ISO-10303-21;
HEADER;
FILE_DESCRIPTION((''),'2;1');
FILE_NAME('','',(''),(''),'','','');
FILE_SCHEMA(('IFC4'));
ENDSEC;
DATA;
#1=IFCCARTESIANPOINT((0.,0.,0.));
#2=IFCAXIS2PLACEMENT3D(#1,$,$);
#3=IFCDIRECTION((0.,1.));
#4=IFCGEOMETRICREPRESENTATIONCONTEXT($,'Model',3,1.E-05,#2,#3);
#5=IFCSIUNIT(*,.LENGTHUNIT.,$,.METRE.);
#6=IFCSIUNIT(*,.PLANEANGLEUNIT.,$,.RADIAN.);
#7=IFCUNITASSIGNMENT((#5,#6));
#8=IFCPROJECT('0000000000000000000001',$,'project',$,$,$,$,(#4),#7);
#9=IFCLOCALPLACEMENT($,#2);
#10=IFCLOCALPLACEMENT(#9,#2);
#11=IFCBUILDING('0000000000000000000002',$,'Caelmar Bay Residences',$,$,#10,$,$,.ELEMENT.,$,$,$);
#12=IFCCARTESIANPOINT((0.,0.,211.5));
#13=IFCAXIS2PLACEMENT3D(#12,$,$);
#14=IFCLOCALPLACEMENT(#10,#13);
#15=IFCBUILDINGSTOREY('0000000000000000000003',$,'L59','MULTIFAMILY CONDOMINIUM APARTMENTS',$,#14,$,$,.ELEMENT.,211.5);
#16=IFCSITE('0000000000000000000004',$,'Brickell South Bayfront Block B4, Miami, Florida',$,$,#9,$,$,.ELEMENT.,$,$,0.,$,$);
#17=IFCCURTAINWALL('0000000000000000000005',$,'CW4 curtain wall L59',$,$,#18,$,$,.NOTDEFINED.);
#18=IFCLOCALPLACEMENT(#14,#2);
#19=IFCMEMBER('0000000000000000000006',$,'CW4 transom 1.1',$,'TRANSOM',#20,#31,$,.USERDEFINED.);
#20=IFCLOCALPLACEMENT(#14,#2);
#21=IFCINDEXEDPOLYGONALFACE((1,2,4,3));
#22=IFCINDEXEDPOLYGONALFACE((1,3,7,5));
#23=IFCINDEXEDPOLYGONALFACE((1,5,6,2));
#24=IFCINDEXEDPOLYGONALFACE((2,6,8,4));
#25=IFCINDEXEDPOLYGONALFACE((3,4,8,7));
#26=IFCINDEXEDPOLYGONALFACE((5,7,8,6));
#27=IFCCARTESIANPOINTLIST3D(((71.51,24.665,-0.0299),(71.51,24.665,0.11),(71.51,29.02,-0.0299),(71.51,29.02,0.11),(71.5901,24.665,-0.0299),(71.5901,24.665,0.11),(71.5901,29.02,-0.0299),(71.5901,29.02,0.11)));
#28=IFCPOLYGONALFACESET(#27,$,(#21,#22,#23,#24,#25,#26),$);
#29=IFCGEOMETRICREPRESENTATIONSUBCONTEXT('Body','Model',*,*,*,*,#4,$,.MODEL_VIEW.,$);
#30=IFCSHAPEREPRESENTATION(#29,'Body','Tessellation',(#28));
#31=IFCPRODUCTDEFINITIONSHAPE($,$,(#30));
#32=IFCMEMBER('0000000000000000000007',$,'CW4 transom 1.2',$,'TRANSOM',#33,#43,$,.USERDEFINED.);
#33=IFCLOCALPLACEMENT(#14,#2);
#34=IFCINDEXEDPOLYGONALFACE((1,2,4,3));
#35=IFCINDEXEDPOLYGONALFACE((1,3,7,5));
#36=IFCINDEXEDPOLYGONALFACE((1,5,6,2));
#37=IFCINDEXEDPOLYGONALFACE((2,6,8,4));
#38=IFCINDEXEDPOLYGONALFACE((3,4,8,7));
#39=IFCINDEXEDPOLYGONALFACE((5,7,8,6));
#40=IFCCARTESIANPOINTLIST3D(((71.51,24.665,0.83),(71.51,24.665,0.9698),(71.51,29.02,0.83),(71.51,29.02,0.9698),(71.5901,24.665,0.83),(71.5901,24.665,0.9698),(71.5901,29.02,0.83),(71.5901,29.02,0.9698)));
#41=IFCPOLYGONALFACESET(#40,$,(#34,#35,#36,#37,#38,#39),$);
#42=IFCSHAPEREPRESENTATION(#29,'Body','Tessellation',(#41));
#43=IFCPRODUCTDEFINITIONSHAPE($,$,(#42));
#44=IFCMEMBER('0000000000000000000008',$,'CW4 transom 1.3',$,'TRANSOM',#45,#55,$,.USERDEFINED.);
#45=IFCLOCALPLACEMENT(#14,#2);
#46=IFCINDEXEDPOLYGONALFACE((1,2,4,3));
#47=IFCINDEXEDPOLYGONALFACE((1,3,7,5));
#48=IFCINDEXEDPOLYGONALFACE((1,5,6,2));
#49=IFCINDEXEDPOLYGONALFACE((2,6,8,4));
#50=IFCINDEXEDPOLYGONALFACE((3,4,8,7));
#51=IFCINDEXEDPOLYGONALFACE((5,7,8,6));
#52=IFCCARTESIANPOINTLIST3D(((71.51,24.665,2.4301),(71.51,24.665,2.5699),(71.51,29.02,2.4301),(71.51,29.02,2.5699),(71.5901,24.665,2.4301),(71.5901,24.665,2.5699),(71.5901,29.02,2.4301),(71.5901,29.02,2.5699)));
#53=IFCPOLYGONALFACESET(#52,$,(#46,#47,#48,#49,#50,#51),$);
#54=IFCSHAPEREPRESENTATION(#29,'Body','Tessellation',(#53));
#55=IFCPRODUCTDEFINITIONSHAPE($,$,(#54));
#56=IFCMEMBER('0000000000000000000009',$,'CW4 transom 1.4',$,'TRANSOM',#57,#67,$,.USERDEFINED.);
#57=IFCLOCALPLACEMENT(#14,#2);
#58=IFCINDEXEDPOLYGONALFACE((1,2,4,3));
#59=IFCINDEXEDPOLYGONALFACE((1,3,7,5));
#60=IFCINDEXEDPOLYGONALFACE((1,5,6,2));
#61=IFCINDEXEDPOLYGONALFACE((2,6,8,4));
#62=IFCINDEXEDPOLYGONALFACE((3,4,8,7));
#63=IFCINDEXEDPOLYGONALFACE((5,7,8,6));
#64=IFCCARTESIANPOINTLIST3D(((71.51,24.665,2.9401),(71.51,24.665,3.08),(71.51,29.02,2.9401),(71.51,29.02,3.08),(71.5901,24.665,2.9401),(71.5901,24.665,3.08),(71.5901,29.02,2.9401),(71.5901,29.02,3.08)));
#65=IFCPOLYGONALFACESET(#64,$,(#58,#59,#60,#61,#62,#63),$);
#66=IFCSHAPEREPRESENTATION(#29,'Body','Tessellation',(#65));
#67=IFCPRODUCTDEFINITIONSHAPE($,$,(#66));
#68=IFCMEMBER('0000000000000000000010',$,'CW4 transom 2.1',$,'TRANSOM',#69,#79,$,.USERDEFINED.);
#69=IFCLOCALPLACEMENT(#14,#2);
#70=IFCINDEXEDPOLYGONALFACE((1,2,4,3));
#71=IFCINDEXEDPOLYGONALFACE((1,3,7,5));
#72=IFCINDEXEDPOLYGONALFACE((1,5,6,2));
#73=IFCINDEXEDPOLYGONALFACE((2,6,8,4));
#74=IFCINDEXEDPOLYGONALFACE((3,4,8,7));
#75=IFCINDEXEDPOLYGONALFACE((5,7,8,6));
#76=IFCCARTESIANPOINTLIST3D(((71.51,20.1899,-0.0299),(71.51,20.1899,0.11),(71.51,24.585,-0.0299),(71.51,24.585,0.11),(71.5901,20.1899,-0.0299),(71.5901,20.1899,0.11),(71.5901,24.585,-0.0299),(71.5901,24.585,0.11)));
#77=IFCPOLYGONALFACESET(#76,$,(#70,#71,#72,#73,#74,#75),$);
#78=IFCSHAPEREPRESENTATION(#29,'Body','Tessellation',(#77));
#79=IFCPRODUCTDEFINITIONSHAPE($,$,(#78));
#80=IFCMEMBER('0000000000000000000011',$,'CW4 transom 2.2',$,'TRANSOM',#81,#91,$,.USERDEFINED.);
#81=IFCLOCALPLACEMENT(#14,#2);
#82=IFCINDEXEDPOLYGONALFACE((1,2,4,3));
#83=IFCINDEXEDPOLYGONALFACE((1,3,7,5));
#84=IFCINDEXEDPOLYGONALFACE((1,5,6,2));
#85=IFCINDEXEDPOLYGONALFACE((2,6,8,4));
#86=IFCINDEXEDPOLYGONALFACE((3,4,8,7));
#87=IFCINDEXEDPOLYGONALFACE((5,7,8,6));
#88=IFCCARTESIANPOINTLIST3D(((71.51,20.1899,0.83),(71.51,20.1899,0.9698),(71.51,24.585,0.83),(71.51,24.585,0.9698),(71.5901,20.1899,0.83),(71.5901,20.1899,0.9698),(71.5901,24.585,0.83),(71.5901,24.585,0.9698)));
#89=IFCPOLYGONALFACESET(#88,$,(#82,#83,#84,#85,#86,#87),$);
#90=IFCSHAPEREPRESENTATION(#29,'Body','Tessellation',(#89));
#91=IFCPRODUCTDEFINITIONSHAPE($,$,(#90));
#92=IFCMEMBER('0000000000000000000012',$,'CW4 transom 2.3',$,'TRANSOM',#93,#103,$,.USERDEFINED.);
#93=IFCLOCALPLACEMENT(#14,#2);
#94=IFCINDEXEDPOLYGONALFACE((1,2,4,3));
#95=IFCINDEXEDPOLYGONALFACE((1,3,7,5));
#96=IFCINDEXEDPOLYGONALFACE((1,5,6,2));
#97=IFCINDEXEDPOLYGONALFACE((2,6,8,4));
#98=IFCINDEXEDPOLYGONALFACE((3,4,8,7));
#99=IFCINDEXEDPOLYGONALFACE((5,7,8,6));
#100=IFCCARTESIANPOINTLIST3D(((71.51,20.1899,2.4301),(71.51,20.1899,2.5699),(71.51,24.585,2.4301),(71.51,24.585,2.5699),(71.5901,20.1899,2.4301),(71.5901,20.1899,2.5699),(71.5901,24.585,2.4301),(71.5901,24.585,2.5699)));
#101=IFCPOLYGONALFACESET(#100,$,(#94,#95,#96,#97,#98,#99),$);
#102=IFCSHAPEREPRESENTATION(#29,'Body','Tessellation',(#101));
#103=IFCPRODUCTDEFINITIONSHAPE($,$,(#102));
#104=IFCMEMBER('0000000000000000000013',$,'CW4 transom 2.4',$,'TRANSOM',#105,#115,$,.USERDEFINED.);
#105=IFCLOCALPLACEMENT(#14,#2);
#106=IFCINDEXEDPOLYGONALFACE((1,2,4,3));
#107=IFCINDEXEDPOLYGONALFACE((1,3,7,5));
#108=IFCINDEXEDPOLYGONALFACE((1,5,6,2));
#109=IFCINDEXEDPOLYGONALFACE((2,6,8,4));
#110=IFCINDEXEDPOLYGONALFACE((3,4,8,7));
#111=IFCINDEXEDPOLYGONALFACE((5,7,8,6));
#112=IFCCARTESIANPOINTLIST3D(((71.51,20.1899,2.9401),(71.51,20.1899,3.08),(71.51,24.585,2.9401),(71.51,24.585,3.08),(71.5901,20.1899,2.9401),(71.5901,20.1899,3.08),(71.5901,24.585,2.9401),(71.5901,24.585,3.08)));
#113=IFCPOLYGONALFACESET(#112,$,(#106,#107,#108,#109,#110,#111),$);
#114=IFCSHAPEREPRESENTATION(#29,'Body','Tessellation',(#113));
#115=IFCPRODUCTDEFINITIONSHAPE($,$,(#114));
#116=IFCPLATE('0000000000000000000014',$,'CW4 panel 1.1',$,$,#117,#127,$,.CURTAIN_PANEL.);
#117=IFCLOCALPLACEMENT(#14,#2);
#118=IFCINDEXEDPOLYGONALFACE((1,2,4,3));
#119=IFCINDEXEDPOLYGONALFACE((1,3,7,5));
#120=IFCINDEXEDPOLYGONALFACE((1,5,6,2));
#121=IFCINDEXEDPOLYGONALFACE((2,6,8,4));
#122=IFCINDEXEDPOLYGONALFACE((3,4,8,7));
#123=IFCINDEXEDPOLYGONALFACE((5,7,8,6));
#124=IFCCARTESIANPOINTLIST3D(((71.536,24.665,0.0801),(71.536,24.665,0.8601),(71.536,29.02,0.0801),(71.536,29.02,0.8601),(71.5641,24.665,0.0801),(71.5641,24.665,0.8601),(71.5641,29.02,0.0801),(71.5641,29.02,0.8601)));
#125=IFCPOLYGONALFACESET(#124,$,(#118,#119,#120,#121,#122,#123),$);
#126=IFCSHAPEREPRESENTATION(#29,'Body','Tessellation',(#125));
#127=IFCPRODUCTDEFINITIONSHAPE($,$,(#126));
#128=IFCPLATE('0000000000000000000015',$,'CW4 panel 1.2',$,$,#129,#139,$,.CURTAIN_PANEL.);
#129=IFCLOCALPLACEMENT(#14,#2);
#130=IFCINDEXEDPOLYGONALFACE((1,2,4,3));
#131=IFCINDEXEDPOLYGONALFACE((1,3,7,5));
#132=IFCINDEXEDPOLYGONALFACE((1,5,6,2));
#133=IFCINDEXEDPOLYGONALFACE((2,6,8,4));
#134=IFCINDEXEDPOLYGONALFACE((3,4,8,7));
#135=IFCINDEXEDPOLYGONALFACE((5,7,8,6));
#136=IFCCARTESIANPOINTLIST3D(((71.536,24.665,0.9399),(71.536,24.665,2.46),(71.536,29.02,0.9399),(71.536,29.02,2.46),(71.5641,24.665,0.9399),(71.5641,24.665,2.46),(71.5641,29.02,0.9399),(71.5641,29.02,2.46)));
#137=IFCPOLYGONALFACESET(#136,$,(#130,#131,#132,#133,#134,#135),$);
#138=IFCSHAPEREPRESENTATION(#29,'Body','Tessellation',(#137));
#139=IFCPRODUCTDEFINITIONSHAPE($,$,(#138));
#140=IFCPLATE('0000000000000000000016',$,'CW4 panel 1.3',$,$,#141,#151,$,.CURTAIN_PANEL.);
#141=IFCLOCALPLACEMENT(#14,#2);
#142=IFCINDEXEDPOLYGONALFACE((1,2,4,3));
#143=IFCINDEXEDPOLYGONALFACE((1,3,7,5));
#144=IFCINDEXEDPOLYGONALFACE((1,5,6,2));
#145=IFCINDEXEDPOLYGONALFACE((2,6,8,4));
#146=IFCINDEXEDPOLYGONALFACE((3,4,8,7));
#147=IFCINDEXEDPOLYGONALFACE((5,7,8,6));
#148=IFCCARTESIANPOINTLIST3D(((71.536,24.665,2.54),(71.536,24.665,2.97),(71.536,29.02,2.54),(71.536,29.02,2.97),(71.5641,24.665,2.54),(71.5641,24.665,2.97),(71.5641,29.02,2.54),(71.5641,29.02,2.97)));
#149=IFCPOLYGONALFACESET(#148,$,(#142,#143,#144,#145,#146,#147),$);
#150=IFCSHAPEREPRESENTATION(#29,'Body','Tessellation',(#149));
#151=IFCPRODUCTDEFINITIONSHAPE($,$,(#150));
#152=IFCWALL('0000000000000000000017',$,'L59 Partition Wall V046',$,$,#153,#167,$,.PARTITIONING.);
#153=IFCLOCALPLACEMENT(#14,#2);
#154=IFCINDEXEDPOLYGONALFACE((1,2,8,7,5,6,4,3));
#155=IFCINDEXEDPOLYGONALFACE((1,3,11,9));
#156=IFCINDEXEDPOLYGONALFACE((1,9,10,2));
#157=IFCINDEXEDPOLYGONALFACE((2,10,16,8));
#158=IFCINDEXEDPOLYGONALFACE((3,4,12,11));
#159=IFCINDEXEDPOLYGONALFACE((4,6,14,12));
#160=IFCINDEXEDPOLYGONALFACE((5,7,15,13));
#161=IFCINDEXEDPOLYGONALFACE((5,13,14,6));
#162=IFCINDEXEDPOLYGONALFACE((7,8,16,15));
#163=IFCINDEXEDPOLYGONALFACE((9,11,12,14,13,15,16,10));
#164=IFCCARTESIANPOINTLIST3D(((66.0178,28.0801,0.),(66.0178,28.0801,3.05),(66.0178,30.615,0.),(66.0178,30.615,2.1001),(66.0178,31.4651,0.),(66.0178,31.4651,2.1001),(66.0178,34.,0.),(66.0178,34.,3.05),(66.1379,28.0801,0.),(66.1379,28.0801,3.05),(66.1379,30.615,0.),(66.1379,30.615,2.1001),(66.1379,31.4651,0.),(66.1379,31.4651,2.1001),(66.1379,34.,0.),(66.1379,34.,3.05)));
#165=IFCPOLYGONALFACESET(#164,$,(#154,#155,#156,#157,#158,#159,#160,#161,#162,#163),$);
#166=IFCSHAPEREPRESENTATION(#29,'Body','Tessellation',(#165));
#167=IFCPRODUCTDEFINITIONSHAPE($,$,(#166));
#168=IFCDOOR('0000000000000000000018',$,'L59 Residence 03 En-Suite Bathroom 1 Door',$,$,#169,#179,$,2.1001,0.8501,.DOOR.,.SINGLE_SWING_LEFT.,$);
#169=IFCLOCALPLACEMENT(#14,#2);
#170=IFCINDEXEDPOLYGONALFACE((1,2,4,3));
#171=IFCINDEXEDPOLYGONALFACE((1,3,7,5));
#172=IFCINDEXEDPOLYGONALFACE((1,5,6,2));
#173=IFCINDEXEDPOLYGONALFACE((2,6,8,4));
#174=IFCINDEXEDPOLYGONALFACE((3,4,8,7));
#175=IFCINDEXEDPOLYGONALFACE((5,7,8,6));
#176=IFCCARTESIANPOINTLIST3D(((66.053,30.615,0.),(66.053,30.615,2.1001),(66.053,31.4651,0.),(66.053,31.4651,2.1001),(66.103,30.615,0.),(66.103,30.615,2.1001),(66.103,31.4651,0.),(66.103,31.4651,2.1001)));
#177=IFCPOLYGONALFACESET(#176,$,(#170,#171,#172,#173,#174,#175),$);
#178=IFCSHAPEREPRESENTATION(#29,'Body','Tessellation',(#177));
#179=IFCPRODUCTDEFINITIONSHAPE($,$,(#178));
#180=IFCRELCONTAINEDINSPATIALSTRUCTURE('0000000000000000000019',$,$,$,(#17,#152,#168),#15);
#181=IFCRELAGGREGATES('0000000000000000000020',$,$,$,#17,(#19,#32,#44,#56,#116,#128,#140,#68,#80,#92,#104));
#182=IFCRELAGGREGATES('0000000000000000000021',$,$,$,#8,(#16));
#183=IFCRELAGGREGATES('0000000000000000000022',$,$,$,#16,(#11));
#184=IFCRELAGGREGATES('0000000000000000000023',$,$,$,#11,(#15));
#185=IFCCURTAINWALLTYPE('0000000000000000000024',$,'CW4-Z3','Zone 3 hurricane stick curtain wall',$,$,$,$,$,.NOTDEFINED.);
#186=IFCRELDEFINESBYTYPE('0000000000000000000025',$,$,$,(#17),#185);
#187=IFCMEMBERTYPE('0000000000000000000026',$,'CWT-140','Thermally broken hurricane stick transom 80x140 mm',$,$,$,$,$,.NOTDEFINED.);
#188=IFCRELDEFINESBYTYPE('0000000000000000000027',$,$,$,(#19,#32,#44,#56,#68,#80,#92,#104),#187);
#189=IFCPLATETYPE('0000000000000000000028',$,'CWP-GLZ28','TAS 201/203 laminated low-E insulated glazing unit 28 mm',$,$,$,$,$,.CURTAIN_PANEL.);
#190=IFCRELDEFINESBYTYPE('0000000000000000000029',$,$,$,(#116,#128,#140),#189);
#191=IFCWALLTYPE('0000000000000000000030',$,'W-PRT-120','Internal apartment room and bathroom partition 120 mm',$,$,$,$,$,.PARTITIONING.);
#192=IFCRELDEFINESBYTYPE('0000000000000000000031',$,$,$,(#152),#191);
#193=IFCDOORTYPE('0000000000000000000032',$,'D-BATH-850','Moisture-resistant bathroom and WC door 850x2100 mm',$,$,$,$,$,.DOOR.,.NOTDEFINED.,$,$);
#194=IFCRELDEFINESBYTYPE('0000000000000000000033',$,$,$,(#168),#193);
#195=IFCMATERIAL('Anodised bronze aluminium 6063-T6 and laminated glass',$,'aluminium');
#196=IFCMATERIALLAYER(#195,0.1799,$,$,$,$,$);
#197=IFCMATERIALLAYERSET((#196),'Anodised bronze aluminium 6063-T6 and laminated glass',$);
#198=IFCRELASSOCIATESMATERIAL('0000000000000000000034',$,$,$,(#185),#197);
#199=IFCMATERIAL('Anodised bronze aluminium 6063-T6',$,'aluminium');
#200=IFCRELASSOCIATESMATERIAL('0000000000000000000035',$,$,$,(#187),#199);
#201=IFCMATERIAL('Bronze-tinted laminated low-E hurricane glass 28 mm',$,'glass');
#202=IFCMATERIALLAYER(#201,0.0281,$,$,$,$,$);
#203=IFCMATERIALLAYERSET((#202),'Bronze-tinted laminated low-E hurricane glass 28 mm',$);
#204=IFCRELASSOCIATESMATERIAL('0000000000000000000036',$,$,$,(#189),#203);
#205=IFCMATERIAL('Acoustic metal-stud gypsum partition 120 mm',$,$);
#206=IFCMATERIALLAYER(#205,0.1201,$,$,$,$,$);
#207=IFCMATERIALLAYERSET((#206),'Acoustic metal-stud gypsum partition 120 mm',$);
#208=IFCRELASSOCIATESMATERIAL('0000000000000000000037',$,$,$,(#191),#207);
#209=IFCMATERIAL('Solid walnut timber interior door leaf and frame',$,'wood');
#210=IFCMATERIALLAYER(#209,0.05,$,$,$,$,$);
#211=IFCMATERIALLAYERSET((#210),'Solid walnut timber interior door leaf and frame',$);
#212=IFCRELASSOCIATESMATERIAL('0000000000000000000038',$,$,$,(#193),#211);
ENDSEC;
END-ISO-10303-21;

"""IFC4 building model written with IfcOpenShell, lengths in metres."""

from ifc_helpers import new_model, si_unit, direction, frame, frame_2d, origin, origin_2d, place, context, subcontext, project, spatial, rectangle, extrude, material, layer, layer_set, material_profile, profile_set, type_object, element, fill, aggregate, save


model = new_model("IFC4")

# Units and contexts
model_context = context("Model", 3, precision=1e-05, world=origin(), true_north=direction((0.0, 1.0)))
body_context = subcontext(model_context, "Body", "Model", "MODEL_VIEW")
ifc_project = project(units=[si_unit("LENGTHUNIT", "METRE"), si_unit("PLANEANGLEUNIT", "RADIAN")], contexts=[model_context])

# Site, building, storey
site_placement = place(None, origin())
site = spatial("IfcSite", under=ifc_project, at=site_placement, Name="Brickell South Bayfront Block B4, Miami, Florida", CompositionType="ELEMENT", RefElevation=0.0)
building_placement = place(site_placement, origin())
building = spatial("IfcBuilding", under=site, at=building_placement, Name="Caelmar Bay Residences", CompositionType="ELEMENT")
storey_placement = place(building_placement, frame((0.0, 0.0, 211.5)))
storey = spatial("IfcBuildingStorey", under=building, at=storey_placement, Name="L59", Description="MULTIFAMILY CONDOMINIUM APARTMENTS", CompositionType="ELEMENT", Elevation=211.5)

# Curtain wall, members, plates
ifc_material_1 = material(Name="Anodised bronze aluminium 6063-T6 and laminated glass", Category="aluminium")
ifc_layer_1 = layer(ifc_material_1, 0.1799)
ifc_layer_set_1 = layer_set([ifc_layer_1], Name="Anodised bronze aluminium 6063-T6 and laminated glass")
curtain_wall_type = type_object("IfcCurtainWallType", Name="CW4-Z3", Description="Zone 3 hurricane stick curtain wall", PredefinedType="NOTDEFINED", material=ifc_layer_set_1)
curtain_wall_placement = place(storey_placement, origin())
curtain_wall = element("IfcCurtainWall", 1, at=curtain_wall_placement, inside=storey, type_object=curtain_wall_type, Name="CW4 curtain wall L59", PredefinedType="NOTDEFINED")
ifc_material_2 = material(Name="Anodised bronze aluminium 6063-T6", Category="aluminium")
ifc_material_profile_1 = material_profile(ifc_material_2, rectangle(XDim=0.0801, YDim=0.1399, at=origin_2d()), Name="CWT-80X140")
ifc_profile_set_1 = profile_set([ifc_material_profile_1], Name="Anodised bronze aluminium 6063-T6")
member_type_1 = type_object("IfcMemberType", Name="CWT-140", Description="Thermally broken hurricane stick transom 80x140 mm", PredefinedType="NOTDEFINED", material=ifc_profile_set_1)
member_1_placement = place(storey_placement, frame((71.55, 29.02, 0.04), z_axis=(0.0, -1.0, 0.0), x_axis=(1.0, 0.0, 0.0)))
member_1 = element("IfcMember", 2, at=member_1_placement, type_object=member_type_1, Name="CW4 transom 1.1", ObjectType="TRANSOM", PredefinedType="USERDEFINED", context=body_context, shape_type="SweptSolid", body=[
    extrude(rectangle(XDim=0.0801, YDim=0.1399, at=origin_2d()), origin(), (0.0, 0.0, 1.0), 4.355),
])
member_2_placement = place(storey_placement, frame((71.55, 29.02, 0.8999), z_axis=(0.0, -1.0, 0.0), x_axis=(1.0, 0.0, 0.0)))
member_2 = element("IfcMember", 3, at=member_2_placement, type_object=member_type_1, Name="CW4 transom 1.2", ObjectType="TRANSOM", PredefinedType="USERDEFINED", context=body_context, shape_type="SweptSolid", body=[
    extrude(rectangle(XDim=0.0801, YDim=0.1399, at=origin_2d()), origin(), (0.0, 0.0, 1.0), 4.355),
])
member_3_placement = place(storey_placement, frame((71.55, 29.02, 2.5), z_axis=(0.0, -1.0, 0.0), x_axis=(1.0, 0.0, 0.0)))
member_3 = element("IfcMember", 4, at=member_3_placement, type_object=member_type_1, Name="CW4 transom 1.3", ObjectType="TRANSOM", PredefinedType="USERDEFINED", context=body_context, shape_type="SweptSolid", body=[
    extrude(rectangle(XDim=0.0801, YDim=0.1399, at=origin_2d()), origin(), (0.0, 0.0, 1.0), 4.355),
])
member_4_placement = place(storey_placement, frame((71.55, 29.02, 3.01), z_axis=(0.0, -1.0, 0.0), x_axis=(1.0, 0.0, 0.0)))
member_4 = element("IfcMember", 5, at=member_4_placement, type_object=member_type_1, Name="CW4 transom 1.4", ObjectType="TRANSOM", PredefinedType="USERDEFINED", context=body_context, shape_type="SweptSolid", body=[
    extrude(rectangle(XDim=0.0801, YDim=0.1399, at=origin_2d()), origin(), (0.0, 0.0, 1.0), 4.355),
])
member_5_placement = place(storey_placement, frame((71.55, 24.585, 0.04), z_axis=(0.0, -1.0, 0.0), x_axis=(1.0, 0.0, 0.0)))
member_5 = element("IfcMember", 6, at=member_5_placement, type_object=member_type_1, Name="CW4 transom 2.1", ObjectType="TRANSOM", PredefinedType="USERDEFINED", context=body_context, shape_type="SweptSolid", body=[
    extrude(rectangle(XDim=0.0801, YDim=0.1399, at=origin_2d()), origin(), (0.0, 0.0, 1.0), 4.395),
])
member_6_placement = place(storey_placement, frame((71.55, 24.585, 0.8999), z_axis=(0.0, -1.0, 0.0), x_axis=(1.0, 0.0, 0.0)))
member_6 = element("IfcMember", 7, at=member_6_placement, type_object=member_type_1, Name="CW4 transom 2.2", ObjectType="TRANSOM", PredefinedType="USERDEFINED", context=body_context, shape_type="SweptSolid", body=[
    extrude(rectangle(XDim=0.0801, YDim=0.1399, at=origin_2d()), origin(), (0.0, 0.0, 1.0), 4.395),
])
member_7_placement = place(storey_placement, frame((71.55, 24.585, 2.5), z_axis=(0.0, -1.0, 0.0), x_axis=(1.0, 0.0, 0.0)))
member_7 = element("IfcMember", 8, at=member_7_placement, type_object=member_type_1, Name="CW4 transom 2.3", ObjectType="TRANSOM", PredefinedType="USERDEFINED", context=body_context, shape_type="SweptSolid", body=[
    extrude(rectangle(XDim=0.0801, YDim=0.1399, at=origin_2d()), origin(), (0.0, 0.0, 1.0), 4.395),
])
member_8_placement = place(storey_placement, frame((71.55, 24.585, 3.01), z_axis=(0.0, -1.0, 0.0), x_axis=(1.0, 0.0, 0.0)))
member_8 = element("IfcMember", 9, at=member_8_placement, type_object=member_type_1, Name="CW4 transom 2.4", ObjectType="TRANSOM", PredefinedType="USERDEFINED", context=body_context, shape_type="SweptSolid", body=[
    extrude(rectangle(XDim=0.0801, YDim=0.1399, at=origin_2d()), origin(), (0.0, 0.0, 1.0), 4.395),
])
ifc_material_3 = material(Name="Bronze-tinted laminated low-E hurricane glass 28 mm", Category="glass")
ifc_layer_2 = layer(ifc_material_3, 0.0281)
ifc_layer_set_2 = layer_set([ifc_layer_2], Name="Bronze-tinted laminated low-E hurricane glass 28 mm")
plate_type = type_object("IfcPlateType", Name="CWP-GLZ28", Description="TAS 201/203 laminated low-E insulated glazing unit 28 mm", PredefinedType="CURTAIN_PANEL", material=ifc_layer_set_2)
plate_1_placement = place(storey_placement, frame((71.55, 26.8425, 0.0801), z_axis=(0.0, 0.0, 1.0), x_axis=(0.0, -1.0, 0.0)))
plate_1 = element("IfcPlate", 10, at=plate_1_placement, type_object=plate_type, Name="CW4 panel 1.1", PredefinedType="CURTAIN_PANEL", context=body_context, shape_type="SweptSolid", body=[
    extrude(rectangle(XDim=4.355, YDim=0.0281, at=origin_2d()), origin(), (0.0, 0.0, 1.0), 0.78),
])
plate_2_placement = place(storey_placement, frame((71.55, 26.8425, 0.9399), z_axis=(0.0, 0.0, 1.0), x_axis=(0.0, -1.0, 0.0)))
plate_2 = element("IfcPlate", 11, at=plate_2_placement, type_object=plate_type, Name="CW4 panel 1.2", PredefinedType="CURTAIN_PANEL", context=body_context, shape_type="SweptSolid", body=[
    extrude(rectangle(XDim=4.355, YDim=0.0281, at=origin_2d()), origin(), (0.0, 0.0, 1.0), 1.52),
])
plate_3_placement = place(storey_placement, frame((71.55, 26.8425, 2.54), z_axis=(0.0, 0.0, 1.0), x_axis=(0.0, -1.0, 0.0)))
plate_3 = element("IfcPlate", 12, at=plate_3_placement, type_object=plate_type, Name="CW4 panel 1.3", PredefinedType="CURTAIN_PANEL", context=body_context, shape_type="SweptSolid", body=[
    extrude(rectangle(XDim=4.355, YDim=0.0281, at=origin_2d()), origin(), (0.0, 0.0, 1.0), 0.4299),
])
aggregate(curtain_wall, [member_1, member_2, member_3, member_4, plate_1, plate_2, plate_3, member_5, member_6, member_7, member_8])

# Wall, opening, door
ifc_material_4 = material(Name="Acoustic metal-stud gypsum partition 120 mm")
ifc_layer_3 = layer(ifc_material_4, 0.1201)
ifc_layer_set_3 = layer_set([ifc_layer_3], Name="Acoustic metal-stud gypsum partition 120 mm")
wall_type = type_object("IfcWallType", Name="W-PRT-120", Description="Internal apartment room and bathroom partition 120 mm", PredefinedType="PARTITIONING", material=ifc_layer_set_3)
wall_1_placement = place(storey_placement, frame((66.0779, 28.0801, 0.0), z_axis=(0.0, 0.0, 1.0), x_axis=(0.0, 1.0, 0.0)))
wall_1 = element("IfcWall", 13, at=wall_1_placement, inside=storey, type_object=wall_type, Name="L59 Partition Wall V046", PredefinedType="PARTITIONING", context=body_context, shape_type="SweptSolid", body=[
    extrude(rectangle(XDim=5.9199, YDim=0.1201, at=frame_2d((2.96, 0.0))), origin(), (0.0, 0.0, 1.0), 3.05),
])
opening_1_placement = place(wall_1_placement, frame((2.5349, 0.0, 0.0)))
opening_1 = element("IfcOpeningElement", 14, at=opening_1_placement, cuts=wall_1, PredefinedType="OPENING", context=body_context, shape_type="SweptSolid", body=[
    extrude(rectangle(XDim=0.8501, YDim=2.1001, at=frame_2d((0.425, 1.05))), frame((0.0, 0.0701, 0.0), z_axis=(0.0, -1.0, 0.0), x_axis=(1.0, 0.0, 0.0)), (0.0, 0.0, 1.0), 0.1401),
])
ifc_material_5 = material(Name="Solid walnut timber interior door leaf and frame", Category="wood")
ifc_layer_4 = layer(ifc_material_5, 0.05)
ifc_layer_set_4 = layer_set([ifc_layer_4], Name="Solid walnut timber interior door leaf and frame")
door_type_1 = type_object("IfcDoorType", Name="D-BATH-850", Description="Moisture-resistant bathroom and WC door 850x2100 mm", OperationType="NOTDEFINED", PredefinedType="DOOR", material=ifc_layer_set_4)
door_1_placement = place(opening_1_placement, origin())
door_1 = element("IfcDoor", 15, at=door_1_placement, inside=storey, type_object=door_type_1, Name="L59 Residence 03 En-Suite Bathroom 1 Door", OperationType="SINGLE_SWING_LEFT", OverallHeight=2.1001, OverallWidth=0.8501, PredefinedType="DOOR", context=body_context, shape_type="SweptSolid", body=[
    extrude(rectangle(XDim=0.8501, YDim=2.1001, at=frame_2d((0.425, 1.05))), frame((0.0, 0.0249, 0.0), z_axis=(0.0, -1.0, 0.0), x_axis=(1.0, 0.0, 0.0)), (0.0, 0.0, 1.0), 0.05),
])
fill(opening_1, door_1)

save(model, "model.ifc")
